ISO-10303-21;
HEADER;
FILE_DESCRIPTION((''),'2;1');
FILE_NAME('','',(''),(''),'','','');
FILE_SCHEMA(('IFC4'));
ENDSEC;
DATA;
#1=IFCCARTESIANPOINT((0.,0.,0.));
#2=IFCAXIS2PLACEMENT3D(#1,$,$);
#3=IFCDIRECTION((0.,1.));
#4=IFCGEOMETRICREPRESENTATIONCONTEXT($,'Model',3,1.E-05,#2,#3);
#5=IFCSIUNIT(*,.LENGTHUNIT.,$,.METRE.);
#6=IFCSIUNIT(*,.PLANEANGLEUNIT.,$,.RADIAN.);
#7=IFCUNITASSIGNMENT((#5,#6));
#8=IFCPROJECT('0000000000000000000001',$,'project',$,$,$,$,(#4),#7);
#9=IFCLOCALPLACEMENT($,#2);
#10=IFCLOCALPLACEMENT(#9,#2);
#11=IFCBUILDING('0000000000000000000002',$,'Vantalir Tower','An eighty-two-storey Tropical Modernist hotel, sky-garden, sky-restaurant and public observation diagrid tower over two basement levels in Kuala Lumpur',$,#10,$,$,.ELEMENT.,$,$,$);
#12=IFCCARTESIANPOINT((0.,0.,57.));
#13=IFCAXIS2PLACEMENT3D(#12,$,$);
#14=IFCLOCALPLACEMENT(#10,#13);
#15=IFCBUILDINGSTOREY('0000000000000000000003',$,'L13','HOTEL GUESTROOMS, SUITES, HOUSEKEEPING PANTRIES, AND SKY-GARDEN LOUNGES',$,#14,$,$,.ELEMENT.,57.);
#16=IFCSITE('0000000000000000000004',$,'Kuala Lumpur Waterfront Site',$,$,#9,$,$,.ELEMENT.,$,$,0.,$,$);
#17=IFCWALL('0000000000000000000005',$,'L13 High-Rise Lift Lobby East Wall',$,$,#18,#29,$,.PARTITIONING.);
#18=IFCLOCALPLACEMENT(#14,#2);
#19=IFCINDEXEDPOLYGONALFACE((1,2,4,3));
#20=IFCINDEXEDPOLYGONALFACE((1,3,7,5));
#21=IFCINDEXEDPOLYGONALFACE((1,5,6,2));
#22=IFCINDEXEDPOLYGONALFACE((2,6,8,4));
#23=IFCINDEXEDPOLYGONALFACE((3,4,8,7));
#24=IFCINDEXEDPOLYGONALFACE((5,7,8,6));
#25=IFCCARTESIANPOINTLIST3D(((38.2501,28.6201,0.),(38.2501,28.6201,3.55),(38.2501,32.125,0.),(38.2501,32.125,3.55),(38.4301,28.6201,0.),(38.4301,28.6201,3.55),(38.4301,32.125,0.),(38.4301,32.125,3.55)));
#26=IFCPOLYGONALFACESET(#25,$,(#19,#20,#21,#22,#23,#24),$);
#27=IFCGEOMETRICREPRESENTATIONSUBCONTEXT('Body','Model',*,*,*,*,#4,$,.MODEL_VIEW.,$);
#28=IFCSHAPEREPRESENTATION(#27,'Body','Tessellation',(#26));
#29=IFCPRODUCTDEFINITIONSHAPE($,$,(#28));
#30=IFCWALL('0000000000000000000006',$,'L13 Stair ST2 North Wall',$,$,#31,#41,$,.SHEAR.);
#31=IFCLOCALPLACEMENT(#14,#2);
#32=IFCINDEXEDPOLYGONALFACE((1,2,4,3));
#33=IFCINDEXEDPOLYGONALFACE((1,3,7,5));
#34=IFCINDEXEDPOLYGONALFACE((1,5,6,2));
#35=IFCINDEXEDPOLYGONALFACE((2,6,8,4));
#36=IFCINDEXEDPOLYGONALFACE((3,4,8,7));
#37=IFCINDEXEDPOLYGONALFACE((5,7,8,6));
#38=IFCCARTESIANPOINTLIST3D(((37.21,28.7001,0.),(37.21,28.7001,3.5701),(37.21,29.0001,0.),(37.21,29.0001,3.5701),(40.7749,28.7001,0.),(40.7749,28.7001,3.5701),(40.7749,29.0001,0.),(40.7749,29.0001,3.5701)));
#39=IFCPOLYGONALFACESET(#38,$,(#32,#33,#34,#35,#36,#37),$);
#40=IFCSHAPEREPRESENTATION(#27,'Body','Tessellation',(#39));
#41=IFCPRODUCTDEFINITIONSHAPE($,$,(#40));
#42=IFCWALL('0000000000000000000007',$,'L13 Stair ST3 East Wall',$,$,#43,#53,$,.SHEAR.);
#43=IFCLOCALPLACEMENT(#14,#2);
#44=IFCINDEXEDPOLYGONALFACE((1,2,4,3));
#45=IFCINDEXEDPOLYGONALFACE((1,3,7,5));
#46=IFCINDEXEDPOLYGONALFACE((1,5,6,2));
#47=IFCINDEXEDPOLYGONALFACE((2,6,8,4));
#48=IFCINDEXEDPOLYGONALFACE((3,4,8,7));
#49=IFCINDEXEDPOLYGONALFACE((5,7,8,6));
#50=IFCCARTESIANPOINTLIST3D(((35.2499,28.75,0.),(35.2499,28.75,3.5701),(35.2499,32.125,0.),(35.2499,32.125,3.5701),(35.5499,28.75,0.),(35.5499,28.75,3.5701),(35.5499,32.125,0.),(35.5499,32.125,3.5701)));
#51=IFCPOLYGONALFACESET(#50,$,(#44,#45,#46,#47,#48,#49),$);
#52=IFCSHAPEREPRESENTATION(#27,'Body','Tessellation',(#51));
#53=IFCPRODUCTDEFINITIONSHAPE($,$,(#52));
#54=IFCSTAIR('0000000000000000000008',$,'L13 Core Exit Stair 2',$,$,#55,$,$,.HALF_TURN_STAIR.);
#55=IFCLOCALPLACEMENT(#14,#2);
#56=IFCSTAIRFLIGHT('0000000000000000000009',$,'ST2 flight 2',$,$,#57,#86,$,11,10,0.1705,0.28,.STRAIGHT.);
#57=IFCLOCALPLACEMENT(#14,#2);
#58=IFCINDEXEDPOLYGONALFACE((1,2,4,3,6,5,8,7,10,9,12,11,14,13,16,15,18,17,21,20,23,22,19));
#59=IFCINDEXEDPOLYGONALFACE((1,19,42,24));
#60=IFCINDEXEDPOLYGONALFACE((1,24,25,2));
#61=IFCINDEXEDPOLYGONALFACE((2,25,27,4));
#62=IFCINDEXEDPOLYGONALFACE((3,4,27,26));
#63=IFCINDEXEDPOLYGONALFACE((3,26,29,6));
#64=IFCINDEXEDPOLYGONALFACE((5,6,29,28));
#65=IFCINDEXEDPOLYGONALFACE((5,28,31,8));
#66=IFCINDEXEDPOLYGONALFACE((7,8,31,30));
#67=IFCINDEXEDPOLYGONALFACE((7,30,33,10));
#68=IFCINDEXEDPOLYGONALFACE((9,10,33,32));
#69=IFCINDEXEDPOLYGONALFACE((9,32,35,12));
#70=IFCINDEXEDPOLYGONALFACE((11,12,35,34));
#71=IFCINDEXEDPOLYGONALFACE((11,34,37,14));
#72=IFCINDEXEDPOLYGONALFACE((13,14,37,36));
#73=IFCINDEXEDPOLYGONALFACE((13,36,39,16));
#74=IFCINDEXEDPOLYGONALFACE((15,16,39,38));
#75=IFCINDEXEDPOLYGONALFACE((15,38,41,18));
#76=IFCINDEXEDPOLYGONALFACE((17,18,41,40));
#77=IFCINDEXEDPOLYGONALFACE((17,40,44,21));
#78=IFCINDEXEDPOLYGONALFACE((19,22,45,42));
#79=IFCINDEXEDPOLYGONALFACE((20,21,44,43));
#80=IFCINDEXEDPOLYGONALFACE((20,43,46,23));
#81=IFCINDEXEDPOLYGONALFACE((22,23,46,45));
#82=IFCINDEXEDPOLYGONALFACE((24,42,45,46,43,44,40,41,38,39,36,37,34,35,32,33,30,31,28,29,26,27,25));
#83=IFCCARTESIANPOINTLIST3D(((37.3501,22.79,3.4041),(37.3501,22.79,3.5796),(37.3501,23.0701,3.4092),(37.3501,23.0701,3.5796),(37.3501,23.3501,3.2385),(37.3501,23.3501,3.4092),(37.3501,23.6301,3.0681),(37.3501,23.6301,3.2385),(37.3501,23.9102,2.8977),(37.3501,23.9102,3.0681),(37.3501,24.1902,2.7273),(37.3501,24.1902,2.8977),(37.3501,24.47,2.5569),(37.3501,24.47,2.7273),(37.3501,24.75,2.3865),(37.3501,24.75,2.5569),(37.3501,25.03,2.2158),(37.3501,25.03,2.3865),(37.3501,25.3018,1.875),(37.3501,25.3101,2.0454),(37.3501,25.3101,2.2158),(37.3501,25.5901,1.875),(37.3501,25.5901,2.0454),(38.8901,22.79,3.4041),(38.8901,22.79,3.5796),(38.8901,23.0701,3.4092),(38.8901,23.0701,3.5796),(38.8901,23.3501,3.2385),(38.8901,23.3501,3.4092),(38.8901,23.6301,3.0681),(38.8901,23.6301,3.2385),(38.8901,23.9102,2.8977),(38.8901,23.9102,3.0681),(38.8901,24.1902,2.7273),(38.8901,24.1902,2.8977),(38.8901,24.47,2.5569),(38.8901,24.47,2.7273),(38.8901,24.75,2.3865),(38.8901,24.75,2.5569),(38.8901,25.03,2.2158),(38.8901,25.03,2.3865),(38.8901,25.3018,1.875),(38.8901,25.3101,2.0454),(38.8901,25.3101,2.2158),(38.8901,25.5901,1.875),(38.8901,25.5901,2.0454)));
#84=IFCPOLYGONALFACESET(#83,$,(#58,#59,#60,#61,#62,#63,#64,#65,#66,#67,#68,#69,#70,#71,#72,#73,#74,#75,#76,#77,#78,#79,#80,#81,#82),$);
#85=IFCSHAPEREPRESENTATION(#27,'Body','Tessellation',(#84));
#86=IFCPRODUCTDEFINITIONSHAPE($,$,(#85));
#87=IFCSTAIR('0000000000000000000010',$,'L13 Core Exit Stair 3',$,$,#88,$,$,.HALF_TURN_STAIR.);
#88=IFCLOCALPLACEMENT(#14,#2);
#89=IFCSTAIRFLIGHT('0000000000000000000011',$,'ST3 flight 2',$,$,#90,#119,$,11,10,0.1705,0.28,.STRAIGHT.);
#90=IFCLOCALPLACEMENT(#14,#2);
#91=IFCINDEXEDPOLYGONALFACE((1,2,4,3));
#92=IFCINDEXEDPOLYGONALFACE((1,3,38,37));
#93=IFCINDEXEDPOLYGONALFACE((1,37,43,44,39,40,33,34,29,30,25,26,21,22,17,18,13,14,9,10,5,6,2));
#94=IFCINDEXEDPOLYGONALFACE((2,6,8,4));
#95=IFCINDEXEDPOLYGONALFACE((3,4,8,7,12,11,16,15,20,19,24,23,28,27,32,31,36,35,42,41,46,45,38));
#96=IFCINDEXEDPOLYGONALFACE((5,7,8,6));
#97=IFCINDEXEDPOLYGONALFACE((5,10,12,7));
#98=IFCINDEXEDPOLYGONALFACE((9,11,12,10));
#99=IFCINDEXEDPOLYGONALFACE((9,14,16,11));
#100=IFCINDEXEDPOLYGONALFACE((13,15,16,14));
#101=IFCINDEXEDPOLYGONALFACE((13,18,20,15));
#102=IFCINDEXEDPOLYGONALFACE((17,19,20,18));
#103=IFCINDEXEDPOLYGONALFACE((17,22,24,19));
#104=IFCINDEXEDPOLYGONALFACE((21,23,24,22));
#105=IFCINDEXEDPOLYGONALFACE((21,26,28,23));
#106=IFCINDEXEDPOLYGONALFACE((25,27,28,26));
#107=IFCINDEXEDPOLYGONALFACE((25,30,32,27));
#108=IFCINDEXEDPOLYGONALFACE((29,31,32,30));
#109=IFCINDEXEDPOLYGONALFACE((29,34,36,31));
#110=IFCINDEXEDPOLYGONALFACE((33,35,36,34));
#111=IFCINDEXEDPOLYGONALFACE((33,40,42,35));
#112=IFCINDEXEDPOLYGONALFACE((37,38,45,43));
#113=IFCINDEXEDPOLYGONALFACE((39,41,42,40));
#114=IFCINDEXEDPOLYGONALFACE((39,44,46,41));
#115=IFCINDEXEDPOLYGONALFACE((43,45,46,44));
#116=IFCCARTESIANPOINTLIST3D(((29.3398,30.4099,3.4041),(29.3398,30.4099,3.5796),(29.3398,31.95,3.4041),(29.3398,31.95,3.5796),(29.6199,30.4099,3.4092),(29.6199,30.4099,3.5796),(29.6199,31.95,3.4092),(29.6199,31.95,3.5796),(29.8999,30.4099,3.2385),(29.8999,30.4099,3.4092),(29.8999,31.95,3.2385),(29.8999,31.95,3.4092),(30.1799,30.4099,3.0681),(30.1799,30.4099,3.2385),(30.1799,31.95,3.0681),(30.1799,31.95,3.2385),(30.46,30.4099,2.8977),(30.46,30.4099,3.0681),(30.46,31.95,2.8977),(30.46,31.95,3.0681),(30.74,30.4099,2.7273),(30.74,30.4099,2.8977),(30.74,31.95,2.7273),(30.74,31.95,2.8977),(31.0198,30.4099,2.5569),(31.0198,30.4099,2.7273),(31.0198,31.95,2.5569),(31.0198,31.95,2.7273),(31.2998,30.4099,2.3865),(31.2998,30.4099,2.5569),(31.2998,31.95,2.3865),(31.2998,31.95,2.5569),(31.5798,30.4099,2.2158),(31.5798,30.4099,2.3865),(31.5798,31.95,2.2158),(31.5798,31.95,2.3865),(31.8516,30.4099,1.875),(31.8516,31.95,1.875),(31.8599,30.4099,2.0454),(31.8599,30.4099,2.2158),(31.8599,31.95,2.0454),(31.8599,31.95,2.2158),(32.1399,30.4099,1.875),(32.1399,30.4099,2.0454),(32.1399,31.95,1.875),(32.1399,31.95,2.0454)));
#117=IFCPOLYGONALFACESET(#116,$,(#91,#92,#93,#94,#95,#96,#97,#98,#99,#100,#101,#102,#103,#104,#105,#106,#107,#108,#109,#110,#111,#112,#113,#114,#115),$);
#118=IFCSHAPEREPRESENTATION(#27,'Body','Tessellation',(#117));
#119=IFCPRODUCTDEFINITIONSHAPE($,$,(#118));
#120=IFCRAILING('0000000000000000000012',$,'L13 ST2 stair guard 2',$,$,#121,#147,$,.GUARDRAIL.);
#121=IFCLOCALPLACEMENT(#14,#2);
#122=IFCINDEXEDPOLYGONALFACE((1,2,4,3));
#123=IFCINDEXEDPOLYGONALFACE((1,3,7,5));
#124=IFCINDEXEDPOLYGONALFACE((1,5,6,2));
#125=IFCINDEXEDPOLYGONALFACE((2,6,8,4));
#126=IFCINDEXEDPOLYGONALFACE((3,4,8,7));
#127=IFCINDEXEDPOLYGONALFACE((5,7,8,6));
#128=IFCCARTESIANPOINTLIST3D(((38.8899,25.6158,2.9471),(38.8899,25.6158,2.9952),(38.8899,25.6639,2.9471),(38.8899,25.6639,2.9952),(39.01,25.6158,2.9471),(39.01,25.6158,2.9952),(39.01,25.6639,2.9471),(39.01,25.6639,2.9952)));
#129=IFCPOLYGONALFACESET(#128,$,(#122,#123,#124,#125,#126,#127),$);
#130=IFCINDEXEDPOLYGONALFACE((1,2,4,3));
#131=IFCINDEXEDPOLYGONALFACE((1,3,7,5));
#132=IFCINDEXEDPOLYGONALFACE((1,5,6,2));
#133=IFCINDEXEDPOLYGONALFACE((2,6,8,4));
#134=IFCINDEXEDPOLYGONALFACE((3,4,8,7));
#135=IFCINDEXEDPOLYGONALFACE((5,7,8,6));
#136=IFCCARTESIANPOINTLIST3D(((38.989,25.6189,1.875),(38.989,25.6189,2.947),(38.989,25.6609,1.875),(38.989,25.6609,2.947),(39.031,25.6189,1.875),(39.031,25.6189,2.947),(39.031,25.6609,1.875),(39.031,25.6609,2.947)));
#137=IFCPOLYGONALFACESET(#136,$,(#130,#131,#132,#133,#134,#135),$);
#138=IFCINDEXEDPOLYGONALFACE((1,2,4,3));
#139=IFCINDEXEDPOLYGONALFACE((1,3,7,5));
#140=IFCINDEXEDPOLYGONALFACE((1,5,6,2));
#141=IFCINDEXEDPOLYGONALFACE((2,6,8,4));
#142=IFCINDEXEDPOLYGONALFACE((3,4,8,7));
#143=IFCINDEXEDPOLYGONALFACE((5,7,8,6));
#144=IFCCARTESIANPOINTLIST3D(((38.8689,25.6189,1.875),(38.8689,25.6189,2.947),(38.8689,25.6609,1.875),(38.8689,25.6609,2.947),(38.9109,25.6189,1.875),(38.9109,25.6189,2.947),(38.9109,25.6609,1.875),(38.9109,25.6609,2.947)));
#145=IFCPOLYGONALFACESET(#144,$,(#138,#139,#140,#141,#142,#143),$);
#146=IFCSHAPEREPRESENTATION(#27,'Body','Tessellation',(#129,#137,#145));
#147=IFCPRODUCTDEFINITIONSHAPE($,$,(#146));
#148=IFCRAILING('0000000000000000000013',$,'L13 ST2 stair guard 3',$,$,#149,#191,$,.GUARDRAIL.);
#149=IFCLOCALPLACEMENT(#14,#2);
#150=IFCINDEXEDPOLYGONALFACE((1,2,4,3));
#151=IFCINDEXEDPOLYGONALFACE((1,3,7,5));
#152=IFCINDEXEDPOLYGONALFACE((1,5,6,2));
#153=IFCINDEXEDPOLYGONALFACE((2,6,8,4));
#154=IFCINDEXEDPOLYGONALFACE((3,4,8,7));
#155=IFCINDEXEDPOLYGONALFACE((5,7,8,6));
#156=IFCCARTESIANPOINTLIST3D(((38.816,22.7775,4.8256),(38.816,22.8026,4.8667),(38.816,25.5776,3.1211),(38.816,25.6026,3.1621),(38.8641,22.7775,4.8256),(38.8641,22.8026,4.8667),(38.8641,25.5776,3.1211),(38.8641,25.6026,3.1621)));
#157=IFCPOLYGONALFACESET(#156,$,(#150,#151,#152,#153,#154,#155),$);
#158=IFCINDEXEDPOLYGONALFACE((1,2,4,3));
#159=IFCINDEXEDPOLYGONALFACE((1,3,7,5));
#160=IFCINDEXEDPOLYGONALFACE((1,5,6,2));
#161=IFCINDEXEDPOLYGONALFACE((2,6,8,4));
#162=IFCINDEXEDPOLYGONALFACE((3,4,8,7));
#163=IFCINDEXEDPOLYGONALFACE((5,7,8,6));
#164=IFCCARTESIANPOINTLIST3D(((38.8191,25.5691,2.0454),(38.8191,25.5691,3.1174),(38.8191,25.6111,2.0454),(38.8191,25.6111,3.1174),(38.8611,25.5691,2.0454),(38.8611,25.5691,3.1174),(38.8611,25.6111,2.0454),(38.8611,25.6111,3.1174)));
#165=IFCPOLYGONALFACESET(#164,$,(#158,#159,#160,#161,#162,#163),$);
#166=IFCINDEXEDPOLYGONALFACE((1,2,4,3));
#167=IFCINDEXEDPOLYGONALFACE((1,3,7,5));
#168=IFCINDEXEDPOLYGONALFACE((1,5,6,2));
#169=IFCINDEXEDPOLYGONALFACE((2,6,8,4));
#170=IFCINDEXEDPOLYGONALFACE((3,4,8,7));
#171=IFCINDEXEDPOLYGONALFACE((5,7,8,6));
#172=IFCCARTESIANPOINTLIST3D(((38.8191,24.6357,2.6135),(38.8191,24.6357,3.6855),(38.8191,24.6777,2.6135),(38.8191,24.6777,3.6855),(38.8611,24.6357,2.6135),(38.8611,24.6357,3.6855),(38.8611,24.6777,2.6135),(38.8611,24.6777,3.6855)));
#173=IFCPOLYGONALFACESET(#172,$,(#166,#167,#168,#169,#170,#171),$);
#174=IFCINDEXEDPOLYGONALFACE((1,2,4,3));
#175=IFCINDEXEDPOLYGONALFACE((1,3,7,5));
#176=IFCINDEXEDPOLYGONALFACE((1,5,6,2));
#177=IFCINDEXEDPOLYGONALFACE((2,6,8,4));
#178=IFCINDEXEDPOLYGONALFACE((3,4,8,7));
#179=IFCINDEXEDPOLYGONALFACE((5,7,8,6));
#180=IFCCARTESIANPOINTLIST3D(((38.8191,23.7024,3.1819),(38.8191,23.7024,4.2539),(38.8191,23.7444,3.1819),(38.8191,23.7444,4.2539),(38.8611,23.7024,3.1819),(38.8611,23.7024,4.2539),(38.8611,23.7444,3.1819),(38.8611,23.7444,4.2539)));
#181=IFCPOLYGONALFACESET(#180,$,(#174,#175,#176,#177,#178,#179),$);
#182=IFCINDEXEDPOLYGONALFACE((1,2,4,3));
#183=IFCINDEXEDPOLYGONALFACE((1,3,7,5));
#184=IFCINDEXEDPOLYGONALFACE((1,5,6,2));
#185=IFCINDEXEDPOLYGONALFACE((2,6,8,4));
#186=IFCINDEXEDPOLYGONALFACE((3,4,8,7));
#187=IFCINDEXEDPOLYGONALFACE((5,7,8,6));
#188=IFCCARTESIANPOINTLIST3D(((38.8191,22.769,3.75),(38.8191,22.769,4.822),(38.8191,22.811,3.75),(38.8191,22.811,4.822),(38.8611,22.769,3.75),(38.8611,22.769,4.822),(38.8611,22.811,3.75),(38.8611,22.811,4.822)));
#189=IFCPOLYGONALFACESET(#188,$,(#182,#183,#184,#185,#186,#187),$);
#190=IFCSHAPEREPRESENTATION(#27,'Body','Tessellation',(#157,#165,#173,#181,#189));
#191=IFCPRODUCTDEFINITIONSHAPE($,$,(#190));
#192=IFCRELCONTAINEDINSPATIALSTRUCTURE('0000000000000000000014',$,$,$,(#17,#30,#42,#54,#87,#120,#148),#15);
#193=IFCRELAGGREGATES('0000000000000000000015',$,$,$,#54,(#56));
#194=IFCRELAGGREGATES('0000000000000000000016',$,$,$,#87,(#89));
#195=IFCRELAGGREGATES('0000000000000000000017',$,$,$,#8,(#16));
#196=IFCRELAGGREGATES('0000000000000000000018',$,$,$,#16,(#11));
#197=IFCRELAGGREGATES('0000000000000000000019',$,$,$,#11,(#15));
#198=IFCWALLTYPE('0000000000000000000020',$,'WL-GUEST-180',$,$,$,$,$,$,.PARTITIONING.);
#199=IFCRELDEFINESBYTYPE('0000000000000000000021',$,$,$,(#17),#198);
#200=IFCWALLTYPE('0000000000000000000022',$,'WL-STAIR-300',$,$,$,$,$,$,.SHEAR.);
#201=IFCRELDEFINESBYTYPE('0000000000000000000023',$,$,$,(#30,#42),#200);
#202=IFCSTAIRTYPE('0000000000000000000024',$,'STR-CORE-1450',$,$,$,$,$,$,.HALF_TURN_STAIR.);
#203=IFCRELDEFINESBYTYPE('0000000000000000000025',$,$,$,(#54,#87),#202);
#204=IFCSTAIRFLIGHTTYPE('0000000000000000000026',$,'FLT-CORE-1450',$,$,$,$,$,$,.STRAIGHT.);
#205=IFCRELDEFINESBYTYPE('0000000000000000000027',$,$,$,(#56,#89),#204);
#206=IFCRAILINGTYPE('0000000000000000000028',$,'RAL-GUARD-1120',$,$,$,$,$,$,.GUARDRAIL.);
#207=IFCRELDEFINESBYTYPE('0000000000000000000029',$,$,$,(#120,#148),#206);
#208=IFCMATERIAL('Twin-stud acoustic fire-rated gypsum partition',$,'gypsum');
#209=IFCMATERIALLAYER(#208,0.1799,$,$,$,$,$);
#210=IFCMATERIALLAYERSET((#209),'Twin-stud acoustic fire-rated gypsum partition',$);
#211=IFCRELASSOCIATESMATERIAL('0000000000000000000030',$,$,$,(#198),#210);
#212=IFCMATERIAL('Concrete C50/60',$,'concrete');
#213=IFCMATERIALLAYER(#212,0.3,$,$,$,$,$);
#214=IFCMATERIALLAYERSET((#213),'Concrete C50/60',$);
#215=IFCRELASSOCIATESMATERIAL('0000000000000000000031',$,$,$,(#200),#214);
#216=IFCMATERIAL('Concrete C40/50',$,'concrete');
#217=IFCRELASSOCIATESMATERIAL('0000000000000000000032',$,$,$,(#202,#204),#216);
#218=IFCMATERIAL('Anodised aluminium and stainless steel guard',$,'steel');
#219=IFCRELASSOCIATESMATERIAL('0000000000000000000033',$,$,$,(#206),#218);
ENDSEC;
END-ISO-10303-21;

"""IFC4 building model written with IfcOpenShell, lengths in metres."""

from ifc_helpers import new_model, si_unit, direction, frame, frame_2d, origin, origin_2d, place, context, subcontext, project, spatial, polyline, rectangle, outline, extrude, material, layer, layer_set, type_object, element, aggregate, save


model = new_model("IFC4")

# Units and contexts
model_context = context("Model", 3, precision=1e-05, world=origin(), true_north=direction((0.0, 1.0)))
body_context = subcontext(model_context, "Body", "Model", "MODEL_VIEW")
ifc_project = project(units=[si_unit("LENGTHUNIT", "METRE"), si_unit("PLANEANGLEUNIT", "RADIAN")], contexts=[model_context])

# Site, building, storey
site_placement = place(None, origin())
site = spatial("IfcSite", under=ifc_project, at=site_placement, Name="Kuala Lumpur Waterfront Site", CompositionType="ELEMENT", RefElevation=0.0)
building_placement = place(site_placement, origin())
building = spatial("IfcBuilding", under=site, at=building_placement, Name="Vantalir Tower", Description="An eighty-two-storey Tropical Modernist hotel, sky-garden, sky-restaurant and public observation diagrid tower over two basement levels in Kuala Lumpur", CompositionType="ELEMENT")
storey_placement = place(building_placement, frame((0.0, 0.0, 57.0)))
storey = spatial("IfcBuildingStorey", under=building, at=storey_placement, Name="L13", Description="HOTEL GUESTROOMS, SUITES, HOUSEKEEPING PANTRIES, AND SKY-GARDEN LOUNGES", CompositionType="ELEMENT", Elevation=57.0)

# Walls
ifc_material_1 = material(Name="Twin-stud acoustic fire-rated gypsum partition", Category="gypsum")
ifc_layer_1 = layer(ifc_material_1, 0.1799)
ifc_layer_set_1 = layer_set([ifc_layer_1], Name="Twin-stud acoustic fire-rated gypsum partition")
wall_type_1 = type_object("IfcWallType", Name="WL-GUEST-180", PredefinedType="PARTITIONING", material=ifc_layer_set_1)
wall_1_placement = place(storey_placement, frame((38.3401, 28.6201, 0.0), z_axis=(0.0, 0.0, 1.0), x_axis=(0.0, 1.0, 0.0)))
element("IfcWall", 1, at=wall_1_placement, inside=storey, type_object=wall_type_1, Name="L13 High-Rise Lift Lobby East Wall", PredefinedType="PARTITIONING", context=body_context, shape_type="SweptSolid", body=[
    extrude(rectangle(XDim=3.5049, YDim=0.1799, at=frame_2d((1.7524, 0.0))), origin(), (0.0, 0.0, 1.0), 3.55),
])
ifc_material_2 = material(Name="Concrete C50/60", Category="concrete")
ifc_layer_2 = layer(ifc_material_2, 0.3)
ifc_layer_set_2 = layer_set([ifc_layer_2], Name="Concrete C50/60")
wall_type_2 = type_object("IfcWallType", Name="WL-STAIR-300", PredefinedType="SHEAR", material=ifc_layer_set_2)
wall_2_placement = place(storey_placement, frame((37.21, 28.8501, 0.0), z_axis=(0.0, 0.0, 1.0), x_axis=(1.0, 0.0, 0.0)))
element("IfcWall", 2, at=wall_2_placement, inside=storey, type_object=wall_type_2, Name="L13 Stair ST2 North Wall", PredefinedType="SHEAR", context=body_context, shape_type="SweptSolid", body=[
    extrude(rectangle(XDim=3.5649, YDim=0.3, at=frame_2d((1.7825, 0.0))), origin(), (0.0, 0.0, 1.0), 3.5701),
])
wall_3_placement = place(storey_placement, frame((35.3999, 28.75, 0.0), z_axis=(0.0, 0.0, 1.0), x_axis=(0.0, 1.0, 0.0)))
element("IfcWall", 3, at=wall_3_placement, inside=storey, type_object=wall_type_2, Name="L13 Stair ST3 East Wall", PredefinedType="SHEAR", context=body_context, shape_type="SweptSolid", body=[
    extrude(rectangle(XDim=3.375, YDim=0.3, at=frame_2d((1.6875, 0.0))), origin(), (0.0, 0.0, 1.0), 3.5701),
])

# Stairs, stair flights
ifc_material_3 = material(Name="Concrete C40/50", Category="concrete")
stair_type = type_object("IfcStairType", Name="STR-CORE-1450", PredefinedType="HALF_TURN_STAIR", material=ifc_material_3)
stair_1_placement = place(storey_placement, origin())
stair_1 = element("IfcStair", 4, at=stair_1_placement, inside=storey, type_object=stair_type, Name="L13 Core Exit Stair 2", PredefinedType="HALF_TURN_STAIR")
stair_flight_type = type_object("IfcStairFlightType", Name="FLT-CORE-1450", PredefinedType="STRAIGHT", material=ifc_material_3)
stair_flight_1_placement = place(storey_placement, frame((38.1201, 25.5901, 1.875), z_axis=(0.0, 0.0, 1.0), x_axis=(0.0, -1.0, 0.0)))
stair_flight_1 = element("IfcStairFlight", 5, at=stair_flight_1_placement, type_object=stair_flight_type, Name="ST2 flight 2", NumberOfRisers=11, NumberOfTreads=10, PredefinedType="STRAIGHT", RiserHeight=0.1705, TreadLength=0.28, context=body_context, shape_type="SweptSolid", body=[
    extrude(outline(polyline([(0.0, 0.0), (0.0, 0.1704), (0.28, 0.1704), (0.28, 0.3408), (0.5601, 0.3408), (0.5601, 0.5115), (0.8401, 0.5115), (0.8401, 0.6819), (1.1201, 0.6819), (1.1201, 0.8523), (1.3999, 0.8523), (1.3999, 1.0227), (1.6799, 1.0227), (1.6799, 1.1931), (1.96, 1.1931), (1.96, 1.3635), (2.24, 1.3635), (2.24, 1.5342), (2.52, 1.5342), (2.52, 1.7046), (2.8, 1.7046), (2.8, 1.875), (2.8, 1.5291), (0.2883, 0.0), (0.0, 0.0)])), frame((0.0, 0.77, 0.0), z_axis=(0.0, -1.0, 0.0), x_axis=(1.0, 0.0, 0.0)), (0.0, 0.0, 1.0), 1.54),
])
aggregate(stair_1, [stair_flight_1])
stair_2_placement = place(storey_placement, origin())
stair_2 = element("IfcStair", 6, at=stair_2_placement, inside=storey, type_object=stair_type, Name="L13 Core Exit Stair 3", PredefinedType="HALF_TURN_STAIR")
stair_flight_2_placement = place(storey_placement, frame((32.1399, 31.1799, 1.875), z_axis=(0.0, 0.0, 1.0), x_axis=(-1.0, 0.0, 0.0)))
stair_flight_2 = element("IfcStairFlight", 7, at=stair_flight_2_placement, type_object=stair_flight_type, Name="ST3 flight 2", NumberOfRisers=11, NumberOfTreads=10, PredefinedType="STRAIGHT", RiserHeight=0.1705, TreadLength=0.28, context=body_context, shape_type="SweptSolid", body=[
    extrude(outline(polyline([(0.0, 0.0), (0.0, 0.1704), (0.28, 0.1704), (0.28, 0.3408), (0.5601, 0.3408), (0.5601, 0.5115), (0.8401, 0.5115), (0.8401, 0.6819), (1.1201, 0.6819), (1.1201, 0.8523), (1.3999, 0.8523), (1.3999, 1.0227), (1.6799, 1.0227), (1.6799, 1.1931), (1.96, 1.1931), (1.96, 1.3635), (2.24, 1.3635), (2.24, 1.5342), (2.52, 1.5342), (2.52, 1.7046), (2.8, 1.7046), (2.8, 1.875), (2.8, 1.5291), (0.2883, 0.0), (0.0, 0.0)])), frame((0.0, 0.77, 0.0), z_axis=(0.0, -1.0, 0.0), x_axis=(1.0, 0.0, 0.0)), (0.0, 0.0, 1.0), 1.54),
])
aggregate(stair_2, [stair_flight_2])

# Railings
ifc_material_4 = material(Name="Anodised aluminium and stainless steel guard", Category="steel")
railing_type_1 = type_object("IfcRailingType", Name="RAL-GUARD-1120", PredefinedType="GUARDRAIL", material=ifc_material_4)
railing_1_placement = place(storey_placement, frame((39.01, 25.6399, 1.875)))
element("IfcRailing", 8, at=railing_1_placement, inside=storey, type_object=railing_type_1, Name="L13 ST2 stair guard 2", PredefinedType="GUARDRAIL", context=body_context, shape_type="SweptSolid", body=[
    extrude(rectangle(XDim=0.0481, YDim=0.0481, at=origin_2d()), frame((0.0, 0.0, 1.0962), z_axis=(-1.0, 0.0, 0.0), x_axis=(0.0, -1.0, 0.0)), (0.0, 0.0, 1.0), 0.1201),
    extrude(rectangle(XDim=0.042, YDim=0.042, at=origin_2d()), origin(), (0.0, 0.0, 1.0), 1.072),
    extrude(rectangle(XDim=0.042, YDim=0.042, at=origin_2d()), frame((-0.1201, 0.0, 0.0)), (0.0, 0.0, 1.0), 1.072),
])
railing_2_placement = place(storey_placement, frame((38.8401, 25.5901, 2.0454)))
element("IfcRailing", 9, at=railing_2_placement, inside=storey, type_object=railing_type_1, Name="L13 ST2 stair guard 3", PredefinedType="GUARDRAIL", context=body_context, shape_type="SweptSolid", body=[
    extrude(rectangle(XDim=0.0481, YDim=0.0481, at=origin_2d()), frame((0.0, 0.0, 1.0962), z_axis=(0.0, -0.85417, 0.519994), x_axis=(1.0, 0.0, 0.0)), (0.0, 0.0, 1.0), 3.2781),
    extrude(rectangle(XDim=0.042, YDim=0.042, at=origin_2d()), origin(), (0.0, 0.0, 1.0), 1.072),
    extrude(rectangle(XDim=0.042, YDim=0.042, at=origin_2d()), frame((0.0, -0.9333, 0.5681)), (0.0, 0.0, 1.0), 1.072),
    extrude(rectangle(XDim=0.042, YDim=0.042, at=origin_2d()), frame((0.0, -1.8667, 1.1365)), (0.0, 0.0, 1.0), 1.072),
    extrude(rectangle(XDim=0.042, YDim=0.042, at=origin_2d()), frame((0.0, -2.8, 1.7046)), (0.0, 0.0, 1.0), 1.072),
])

save(model, "model.ifc")
